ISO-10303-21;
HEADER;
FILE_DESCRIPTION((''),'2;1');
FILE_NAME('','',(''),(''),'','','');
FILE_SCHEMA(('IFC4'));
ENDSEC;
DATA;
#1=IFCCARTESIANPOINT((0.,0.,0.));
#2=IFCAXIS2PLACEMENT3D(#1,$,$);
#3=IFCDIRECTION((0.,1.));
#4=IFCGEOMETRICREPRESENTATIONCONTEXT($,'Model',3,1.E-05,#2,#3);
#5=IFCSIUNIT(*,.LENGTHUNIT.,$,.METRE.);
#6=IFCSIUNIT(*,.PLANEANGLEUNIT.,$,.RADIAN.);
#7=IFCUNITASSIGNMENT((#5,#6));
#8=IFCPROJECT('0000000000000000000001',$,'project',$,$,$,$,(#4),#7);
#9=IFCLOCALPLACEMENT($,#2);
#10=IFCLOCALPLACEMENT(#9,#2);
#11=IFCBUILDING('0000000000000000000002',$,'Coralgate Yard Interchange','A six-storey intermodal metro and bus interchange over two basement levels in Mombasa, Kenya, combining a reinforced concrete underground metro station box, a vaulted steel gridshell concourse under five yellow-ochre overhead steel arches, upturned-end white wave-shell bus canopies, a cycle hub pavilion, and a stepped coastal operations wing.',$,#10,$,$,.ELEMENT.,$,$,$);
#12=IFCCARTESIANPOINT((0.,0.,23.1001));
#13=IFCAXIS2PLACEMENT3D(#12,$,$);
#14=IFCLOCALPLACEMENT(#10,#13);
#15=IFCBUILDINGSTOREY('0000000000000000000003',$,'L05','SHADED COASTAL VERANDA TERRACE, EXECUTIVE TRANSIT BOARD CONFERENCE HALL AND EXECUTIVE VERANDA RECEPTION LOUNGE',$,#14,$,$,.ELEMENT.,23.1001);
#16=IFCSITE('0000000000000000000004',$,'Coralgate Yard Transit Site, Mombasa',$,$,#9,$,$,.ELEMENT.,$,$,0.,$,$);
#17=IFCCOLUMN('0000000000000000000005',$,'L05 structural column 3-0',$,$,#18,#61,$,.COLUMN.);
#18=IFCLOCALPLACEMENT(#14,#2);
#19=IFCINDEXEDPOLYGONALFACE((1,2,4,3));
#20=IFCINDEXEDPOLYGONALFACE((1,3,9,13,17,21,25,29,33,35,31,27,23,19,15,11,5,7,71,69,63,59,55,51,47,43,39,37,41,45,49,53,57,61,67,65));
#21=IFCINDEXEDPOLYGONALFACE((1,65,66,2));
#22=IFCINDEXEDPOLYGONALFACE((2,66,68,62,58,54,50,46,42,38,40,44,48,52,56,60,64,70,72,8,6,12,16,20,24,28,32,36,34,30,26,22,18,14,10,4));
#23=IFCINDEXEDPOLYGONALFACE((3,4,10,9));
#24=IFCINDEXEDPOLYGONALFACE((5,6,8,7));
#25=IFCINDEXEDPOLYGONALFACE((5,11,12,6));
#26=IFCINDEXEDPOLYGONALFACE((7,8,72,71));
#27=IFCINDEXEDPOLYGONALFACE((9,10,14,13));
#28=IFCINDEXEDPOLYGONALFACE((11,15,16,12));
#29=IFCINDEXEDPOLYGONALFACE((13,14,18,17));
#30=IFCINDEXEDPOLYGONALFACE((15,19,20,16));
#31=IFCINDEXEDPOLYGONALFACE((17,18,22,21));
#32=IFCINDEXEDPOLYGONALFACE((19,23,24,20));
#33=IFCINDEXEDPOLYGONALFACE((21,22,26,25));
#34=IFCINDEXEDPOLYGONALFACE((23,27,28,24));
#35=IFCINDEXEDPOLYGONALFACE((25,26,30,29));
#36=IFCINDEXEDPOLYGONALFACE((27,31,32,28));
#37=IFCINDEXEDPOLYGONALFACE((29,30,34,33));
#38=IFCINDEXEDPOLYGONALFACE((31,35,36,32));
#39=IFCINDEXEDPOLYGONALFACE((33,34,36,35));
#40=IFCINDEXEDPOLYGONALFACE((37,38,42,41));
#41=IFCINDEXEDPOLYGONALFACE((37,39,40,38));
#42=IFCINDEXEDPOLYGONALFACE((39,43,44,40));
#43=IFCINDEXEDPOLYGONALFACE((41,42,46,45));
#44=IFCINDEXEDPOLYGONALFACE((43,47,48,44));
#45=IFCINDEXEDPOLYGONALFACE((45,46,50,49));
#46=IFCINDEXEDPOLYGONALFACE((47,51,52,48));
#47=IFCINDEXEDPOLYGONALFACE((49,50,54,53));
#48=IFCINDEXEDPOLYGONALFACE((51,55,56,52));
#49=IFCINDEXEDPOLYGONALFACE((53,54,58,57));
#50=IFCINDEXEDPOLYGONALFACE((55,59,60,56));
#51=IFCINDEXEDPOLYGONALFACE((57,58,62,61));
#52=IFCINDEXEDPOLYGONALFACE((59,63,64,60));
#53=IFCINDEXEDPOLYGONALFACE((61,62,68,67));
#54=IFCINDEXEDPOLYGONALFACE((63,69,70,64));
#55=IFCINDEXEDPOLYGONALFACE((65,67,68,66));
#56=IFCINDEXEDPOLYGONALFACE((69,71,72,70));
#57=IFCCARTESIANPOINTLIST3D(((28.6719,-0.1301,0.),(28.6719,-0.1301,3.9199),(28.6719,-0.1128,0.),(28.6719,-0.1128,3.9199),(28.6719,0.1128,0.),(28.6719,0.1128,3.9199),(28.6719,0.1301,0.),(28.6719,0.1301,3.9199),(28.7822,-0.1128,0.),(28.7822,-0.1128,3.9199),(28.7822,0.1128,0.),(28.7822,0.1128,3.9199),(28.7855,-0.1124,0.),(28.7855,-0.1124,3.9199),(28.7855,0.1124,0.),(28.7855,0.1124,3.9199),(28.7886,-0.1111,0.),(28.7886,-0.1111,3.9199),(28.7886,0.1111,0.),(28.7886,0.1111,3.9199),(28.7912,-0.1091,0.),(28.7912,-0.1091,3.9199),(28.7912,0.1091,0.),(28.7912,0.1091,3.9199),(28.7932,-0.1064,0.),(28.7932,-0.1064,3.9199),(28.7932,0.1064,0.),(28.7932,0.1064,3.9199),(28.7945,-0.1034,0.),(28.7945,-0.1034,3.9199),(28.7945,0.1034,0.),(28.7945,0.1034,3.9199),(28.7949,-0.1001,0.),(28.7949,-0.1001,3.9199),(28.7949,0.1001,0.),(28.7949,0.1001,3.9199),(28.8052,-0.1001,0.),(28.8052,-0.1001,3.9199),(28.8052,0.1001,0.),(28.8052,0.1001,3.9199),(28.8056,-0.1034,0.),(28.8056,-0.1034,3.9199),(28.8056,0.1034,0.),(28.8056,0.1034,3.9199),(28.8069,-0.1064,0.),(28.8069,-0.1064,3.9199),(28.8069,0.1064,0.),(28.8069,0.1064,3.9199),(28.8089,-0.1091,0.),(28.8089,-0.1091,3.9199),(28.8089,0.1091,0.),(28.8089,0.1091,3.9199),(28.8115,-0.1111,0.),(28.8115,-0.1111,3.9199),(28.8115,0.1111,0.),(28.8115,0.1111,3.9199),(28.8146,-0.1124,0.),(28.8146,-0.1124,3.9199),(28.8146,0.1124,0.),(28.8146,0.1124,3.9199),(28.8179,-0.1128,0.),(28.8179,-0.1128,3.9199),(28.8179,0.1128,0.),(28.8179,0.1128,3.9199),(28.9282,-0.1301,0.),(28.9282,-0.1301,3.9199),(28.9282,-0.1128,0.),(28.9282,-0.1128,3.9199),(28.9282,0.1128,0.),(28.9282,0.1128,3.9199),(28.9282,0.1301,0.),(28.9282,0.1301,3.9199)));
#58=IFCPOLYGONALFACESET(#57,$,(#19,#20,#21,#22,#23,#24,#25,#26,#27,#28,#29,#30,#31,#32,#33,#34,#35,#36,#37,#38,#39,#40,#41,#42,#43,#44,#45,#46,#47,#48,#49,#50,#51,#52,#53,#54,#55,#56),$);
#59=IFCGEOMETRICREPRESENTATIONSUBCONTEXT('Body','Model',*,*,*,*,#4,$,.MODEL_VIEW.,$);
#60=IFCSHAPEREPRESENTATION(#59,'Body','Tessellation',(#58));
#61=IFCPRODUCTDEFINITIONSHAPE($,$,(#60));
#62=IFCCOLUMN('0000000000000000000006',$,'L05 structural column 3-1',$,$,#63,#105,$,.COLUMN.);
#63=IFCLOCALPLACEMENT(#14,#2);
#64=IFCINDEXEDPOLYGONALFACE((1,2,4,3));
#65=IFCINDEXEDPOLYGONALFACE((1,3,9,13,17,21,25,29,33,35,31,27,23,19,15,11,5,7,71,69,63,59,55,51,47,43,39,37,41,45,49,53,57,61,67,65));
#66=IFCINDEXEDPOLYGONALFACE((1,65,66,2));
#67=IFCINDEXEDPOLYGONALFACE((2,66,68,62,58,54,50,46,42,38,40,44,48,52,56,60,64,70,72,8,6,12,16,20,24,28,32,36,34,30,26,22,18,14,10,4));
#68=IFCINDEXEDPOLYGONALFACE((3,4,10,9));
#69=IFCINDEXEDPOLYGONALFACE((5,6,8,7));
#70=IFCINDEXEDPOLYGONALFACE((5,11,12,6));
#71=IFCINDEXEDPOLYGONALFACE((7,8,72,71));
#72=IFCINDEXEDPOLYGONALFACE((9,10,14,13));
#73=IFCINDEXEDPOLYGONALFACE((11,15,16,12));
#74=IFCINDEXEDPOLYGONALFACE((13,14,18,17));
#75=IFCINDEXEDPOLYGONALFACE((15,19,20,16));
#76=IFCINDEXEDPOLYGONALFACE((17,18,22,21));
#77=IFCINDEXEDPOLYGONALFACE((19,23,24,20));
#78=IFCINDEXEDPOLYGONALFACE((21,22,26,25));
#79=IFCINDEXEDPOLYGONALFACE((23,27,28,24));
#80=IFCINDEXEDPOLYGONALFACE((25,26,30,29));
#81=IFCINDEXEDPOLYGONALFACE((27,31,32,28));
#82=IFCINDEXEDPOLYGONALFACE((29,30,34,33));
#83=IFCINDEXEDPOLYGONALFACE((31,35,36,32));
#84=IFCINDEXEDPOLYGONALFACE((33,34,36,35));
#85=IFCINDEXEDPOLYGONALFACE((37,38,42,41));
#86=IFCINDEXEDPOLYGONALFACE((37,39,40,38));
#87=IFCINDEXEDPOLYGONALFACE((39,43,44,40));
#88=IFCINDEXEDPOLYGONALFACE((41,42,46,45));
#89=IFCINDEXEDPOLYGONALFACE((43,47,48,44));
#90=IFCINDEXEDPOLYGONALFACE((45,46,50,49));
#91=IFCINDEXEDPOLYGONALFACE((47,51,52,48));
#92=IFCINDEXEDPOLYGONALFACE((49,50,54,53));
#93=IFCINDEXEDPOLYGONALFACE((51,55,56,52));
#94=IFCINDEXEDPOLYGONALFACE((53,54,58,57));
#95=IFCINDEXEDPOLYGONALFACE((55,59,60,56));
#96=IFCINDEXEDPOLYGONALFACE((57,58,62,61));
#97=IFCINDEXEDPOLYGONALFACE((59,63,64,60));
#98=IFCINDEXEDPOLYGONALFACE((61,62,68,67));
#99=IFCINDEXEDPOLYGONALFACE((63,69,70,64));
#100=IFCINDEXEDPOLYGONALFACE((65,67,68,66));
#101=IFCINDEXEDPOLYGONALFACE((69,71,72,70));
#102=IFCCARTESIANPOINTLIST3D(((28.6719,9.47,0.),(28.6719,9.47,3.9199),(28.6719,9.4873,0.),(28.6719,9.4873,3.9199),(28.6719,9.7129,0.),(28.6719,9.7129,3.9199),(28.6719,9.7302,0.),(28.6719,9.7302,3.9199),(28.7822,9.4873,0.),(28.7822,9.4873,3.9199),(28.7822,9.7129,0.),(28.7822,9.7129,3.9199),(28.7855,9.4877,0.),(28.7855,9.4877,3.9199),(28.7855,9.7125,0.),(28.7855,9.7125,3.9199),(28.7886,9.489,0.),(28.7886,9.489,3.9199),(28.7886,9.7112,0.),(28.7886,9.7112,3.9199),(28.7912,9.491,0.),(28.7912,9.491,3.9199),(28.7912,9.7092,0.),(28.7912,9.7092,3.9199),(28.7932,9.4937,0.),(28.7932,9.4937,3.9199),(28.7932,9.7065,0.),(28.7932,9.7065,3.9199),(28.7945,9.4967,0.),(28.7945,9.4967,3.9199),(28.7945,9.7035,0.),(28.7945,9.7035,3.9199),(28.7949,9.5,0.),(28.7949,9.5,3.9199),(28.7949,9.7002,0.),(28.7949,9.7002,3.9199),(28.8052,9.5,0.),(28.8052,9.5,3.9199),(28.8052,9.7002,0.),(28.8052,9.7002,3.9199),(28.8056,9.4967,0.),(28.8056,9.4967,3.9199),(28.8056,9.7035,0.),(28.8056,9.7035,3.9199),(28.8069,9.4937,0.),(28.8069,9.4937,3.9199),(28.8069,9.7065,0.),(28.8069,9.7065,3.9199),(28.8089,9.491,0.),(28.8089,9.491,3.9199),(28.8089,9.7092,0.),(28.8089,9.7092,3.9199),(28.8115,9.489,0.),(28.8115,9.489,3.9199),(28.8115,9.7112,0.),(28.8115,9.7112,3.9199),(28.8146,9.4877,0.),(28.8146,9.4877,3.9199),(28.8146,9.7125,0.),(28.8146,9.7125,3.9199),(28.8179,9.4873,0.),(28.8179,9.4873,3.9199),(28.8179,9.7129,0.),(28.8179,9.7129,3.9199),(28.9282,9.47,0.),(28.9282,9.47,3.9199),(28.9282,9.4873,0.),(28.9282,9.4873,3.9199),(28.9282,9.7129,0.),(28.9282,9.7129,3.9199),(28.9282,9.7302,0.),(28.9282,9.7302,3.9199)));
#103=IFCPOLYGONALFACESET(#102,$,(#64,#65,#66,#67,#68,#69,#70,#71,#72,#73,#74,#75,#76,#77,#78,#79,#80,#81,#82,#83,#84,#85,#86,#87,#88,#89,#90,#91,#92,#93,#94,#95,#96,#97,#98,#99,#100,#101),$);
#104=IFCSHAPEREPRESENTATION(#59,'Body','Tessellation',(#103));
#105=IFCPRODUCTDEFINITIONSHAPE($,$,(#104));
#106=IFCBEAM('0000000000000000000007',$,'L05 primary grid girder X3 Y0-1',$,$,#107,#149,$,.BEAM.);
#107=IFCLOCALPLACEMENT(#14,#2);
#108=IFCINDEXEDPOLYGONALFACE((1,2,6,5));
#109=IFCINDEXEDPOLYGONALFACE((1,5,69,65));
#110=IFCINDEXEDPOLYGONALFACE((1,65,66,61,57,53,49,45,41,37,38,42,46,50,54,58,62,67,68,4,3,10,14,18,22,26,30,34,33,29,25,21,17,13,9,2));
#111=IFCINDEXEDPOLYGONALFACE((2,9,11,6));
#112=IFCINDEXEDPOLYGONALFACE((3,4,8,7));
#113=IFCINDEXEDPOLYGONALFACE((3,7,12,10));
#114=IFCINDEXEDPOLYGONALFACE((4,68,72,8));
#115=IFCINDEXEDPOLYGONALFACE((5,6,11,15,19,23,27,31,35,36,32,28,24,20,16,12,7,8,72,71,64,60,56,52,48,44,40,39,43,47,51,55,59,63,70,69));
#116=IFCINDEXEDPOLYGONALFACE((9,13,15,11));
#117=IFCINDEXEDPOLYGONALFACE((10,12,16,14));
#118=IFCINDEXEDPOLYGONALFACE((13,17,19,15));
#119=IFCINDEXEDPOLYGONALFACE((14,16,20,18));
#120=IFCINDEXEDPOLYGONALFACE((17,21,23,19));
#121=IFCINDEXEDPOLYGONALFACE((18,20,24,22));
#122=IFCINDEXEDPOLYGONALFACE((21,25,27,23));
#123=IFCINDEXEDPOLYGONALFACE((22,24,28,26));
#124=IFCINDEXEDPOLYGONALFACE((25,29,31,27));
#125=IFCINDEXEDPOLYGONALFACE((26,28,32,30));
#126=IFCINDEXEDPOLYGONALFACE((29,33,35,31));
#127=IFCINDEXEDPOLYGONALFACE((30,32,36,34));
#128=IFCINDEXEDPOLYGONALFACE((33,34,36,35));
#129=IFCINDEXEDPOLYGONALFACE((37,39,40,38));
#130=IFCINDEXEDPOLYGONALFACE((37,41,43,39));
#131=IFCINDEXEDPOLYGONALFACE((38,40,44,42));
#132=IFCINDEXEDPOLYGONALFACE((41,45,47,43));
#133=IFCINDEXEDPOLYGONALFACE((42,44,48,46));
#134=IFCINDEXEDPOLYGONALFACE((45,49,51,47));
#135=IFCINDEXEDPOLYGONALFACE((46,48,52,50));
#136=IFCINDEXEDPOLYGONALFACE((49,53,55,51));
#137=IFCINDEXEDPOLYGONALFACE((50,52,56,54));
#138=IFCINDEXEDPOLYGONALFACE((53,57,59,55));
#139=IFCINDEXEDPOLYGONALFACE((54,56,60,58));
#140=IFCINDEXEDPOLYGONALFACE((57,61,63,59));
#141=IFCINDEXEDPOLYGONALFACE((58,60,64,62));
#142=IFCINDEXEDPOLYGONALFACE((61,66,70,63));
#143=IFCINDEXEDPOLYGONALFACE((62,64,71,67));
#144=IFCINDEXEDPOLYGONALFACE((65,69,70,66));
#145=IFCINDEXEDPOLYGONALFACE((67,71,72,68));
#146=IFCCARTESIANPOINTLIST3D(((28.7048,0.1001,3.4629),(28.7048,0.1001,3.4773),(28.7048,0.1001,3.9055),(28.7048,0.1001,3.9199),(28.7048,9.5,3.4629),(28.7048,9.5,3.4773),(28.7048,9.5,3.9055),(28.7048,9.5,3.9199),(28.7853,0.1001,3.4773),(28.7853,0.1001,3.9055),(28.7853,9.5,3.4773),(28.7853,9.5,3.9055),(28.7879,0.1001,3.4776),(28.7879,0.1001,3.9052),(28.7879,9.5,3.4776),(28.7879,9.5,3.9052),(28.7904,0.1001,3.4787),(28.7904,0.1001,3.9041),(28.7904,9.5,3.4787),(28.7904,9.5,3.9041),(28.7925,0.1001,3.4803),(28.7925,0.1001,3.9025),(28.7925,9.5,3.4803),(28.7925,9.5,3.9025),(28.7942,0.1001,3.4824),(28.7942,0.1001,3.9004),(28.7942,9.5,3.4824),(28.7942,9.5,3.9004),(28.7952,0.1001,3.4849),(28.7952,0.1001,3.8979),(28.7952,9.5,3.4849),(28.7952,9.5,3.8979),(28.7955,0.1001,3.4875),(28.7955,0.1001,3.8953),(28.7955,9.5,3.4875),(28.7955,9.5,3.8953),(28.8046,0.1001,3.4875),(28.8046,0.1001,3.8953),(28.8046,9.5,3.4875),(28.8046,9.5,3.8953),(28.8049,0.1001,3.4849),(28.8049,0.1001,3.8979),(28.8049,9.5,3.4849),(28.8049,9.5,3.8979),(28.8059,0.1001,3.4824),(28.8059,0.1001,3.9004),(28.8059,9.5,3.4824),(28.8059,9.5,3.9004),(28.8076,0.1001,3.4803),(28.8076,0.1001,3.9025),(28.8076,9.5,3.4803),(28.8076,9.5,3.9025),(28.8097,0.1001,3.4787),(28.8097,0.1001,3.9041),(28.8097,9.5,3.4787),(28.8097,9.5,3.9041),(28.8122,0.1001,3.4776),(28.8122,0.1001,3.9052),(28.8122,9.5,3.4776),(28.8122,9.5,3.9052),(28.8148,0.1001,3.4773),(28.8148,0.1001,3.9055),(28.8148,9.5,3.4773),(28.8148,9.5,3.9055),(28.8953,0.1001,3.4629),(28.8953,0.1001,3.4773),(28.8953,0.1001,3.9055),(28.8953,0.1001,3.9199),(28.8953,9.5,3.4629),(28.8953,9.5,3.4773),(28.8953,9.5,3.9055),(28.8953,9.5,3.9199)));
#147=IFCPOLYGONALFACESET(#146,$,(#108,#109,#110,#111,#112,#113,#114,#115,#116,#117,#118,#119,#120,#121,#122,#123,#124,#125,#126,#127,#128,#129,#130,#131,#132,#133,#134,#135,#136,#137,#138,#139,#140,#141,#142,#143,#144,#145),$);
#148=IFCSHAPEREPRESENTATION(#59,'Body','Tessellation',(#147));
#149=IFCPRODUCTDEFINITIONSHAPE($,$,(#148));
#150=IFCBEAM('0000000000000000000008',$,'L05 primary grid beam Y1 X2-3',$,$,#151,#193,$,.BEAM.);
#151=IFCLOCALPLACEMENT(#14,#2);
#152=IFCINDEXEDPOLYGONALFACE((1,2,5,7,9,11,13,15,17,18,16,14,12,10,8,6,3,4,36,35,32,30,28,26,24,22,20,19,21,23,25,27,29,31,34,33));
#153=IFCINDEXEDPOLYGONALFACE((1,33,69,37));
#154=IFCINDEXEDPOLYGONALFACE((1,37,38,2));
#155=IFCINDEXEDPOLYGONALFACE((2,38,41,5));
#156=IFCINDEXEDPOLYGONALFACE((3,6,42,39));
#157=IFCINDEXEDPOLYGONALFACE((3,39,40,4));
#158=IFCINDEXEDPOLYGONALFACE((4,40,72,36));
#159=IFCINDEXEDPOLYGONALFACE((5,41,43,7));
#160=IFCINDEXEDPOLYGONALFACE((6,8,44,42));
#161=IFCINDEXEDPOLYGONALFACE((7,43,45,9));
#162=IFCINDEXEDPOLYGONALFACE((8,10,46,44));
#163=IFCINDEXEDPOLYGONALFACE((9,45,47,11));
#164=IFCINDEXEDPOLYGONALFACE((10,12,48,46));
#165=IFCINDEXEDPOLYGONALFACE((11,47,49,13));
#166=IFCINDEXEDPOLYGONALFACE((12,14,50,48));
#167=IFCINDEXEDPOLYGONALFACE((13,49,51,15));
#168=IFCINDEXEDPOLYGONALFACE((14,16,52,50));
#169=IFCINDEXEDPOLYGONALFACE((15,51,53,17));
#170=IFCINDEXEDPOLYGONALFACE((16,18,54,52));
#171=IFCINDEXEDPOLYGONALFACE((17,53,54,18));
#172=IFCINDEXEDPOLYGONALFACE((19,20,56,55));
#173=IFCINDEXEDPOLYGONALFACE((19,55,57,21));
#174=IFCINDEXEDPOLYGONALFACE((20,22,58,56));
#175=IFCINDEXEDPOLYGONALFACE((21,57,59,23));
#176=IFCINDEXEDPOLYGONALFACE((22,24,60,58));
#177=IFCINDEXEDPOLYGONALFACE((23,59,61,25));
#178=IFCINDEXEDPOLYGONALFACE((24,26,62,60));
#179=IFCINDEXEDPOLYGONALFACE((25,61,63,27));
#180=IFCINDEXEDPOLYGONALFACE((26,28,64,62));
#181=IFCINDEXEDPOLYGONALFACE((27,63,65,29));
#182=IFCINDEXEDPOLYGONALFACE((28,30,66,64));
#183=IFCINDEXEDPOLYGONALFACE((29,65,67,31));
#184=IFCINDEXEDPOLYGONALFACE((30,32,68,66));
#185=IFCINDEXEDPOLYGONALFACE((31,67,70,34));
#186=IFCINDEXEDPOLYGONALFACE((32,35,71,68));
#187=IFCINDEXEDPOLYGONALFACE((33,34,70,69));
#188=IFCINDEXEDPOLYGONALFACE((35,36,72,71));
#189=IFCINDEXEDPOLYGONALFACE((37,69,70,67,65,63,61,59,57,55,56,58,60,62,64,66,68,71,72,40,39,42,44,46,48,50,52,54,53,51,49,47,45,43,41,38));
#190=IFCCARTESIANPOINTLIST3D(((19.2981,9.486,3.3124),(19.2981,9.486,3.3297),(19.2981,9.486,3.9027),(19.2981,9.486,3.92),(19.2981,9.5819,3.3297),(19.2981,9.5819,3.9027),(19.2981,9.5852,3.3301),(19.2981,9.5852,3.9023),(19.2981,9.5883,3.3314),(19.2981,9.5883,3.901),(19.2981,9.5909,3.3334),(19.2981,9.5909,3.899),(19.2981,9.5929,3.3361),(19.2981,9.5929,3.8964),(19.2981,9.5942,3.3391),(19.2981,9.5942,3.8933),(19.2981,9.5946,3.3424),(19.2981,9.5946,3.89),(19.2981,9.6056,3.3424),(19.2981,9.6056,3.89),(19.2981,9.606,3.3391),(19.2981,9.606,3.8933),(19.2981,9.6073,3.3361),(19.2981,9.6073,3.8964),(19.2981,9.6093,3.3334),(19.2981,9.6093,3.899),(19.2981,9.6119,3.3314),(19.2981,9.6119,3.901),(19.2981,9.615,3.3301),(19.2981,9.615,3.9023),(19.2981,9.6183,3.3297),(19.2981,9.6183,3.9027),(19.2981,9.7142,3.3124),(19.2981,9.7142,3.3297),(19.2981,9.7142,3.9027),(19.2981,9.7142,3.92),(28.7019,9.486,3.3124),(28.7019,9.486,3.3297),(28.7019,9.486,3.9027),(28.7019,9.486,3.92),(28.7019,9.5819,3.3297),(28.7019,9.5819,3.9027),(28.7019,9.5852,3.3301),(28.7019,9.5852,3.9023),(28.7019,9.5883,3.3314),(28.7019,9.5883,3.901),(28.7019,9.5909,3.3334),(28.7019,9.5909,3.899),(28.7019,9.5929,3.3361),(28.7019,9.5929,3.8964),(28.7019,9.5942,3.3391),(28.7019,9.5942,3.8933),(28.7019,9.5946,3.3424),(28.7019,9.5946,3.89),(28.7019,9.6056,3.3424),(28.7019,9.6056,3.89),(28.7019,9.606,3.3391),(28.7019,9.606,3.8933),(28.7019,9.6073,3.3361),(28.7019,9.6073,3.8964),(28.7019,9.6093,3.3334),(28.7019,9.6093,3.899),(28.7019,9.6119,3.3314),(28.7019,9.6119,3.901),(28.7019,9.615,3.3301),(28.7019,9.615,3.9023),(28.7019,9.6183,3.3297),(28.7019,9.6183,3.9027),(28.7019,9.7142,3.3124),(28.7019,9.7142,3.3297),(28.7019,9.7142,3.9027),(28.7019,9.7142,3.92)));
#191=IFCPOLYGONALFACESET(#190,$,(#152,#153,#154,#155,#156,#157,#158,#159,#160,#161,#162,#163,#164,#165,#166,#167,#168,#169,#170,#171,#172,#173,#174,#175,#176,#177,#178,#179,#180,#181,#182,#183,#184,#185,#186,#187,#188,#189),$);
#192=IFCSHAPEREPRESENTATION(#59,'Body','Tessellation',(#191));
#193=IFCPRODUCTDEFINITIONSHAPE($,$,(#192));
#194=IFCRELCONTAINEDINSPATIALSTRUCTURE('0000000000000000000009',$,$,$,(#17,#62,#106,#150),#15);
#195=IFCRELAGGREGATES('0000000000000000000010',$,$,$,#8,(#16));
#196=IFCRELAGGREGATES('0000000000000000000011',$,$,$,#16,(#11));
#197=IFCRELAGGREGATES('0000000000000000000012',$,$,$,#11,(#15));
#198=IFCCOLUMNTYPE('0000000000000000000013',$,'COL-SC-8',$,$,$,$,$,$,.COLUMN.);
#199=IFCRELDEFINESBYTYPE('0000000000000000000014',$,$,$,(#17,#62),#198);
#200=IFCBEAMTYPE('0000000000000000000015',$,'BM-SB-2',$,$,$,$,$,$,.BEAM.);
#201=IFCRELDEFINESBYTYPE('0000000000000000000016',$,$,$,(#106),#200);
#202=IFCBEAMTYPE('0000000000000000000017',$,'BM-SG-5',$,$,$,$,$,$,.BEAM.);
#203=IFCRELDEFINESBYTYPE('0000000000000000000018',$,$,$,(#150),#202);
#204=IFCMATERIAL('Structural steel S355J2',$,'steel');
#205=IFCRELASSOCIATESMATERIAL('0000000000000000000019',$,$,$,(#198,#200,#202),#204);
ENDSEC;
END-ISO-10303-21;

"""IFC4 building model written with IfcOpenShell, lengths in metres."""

from ifc_helpers import new_model, si_unit, direction, frame, origin, origin_2d, place, context, subcontext, project, spatial, i_section, extrude, material, material_profile, profile_set, type_object, element, save


model = new_model("IFC4")

# Units and contexts
model_context = context("Model", 3, precision=1e-05, world=origin(), true_north=direction((0.0, 1.0)))
body_context = subcontext(model_context, "Body", "Model", "MODEL_VIEW")
ifc_project = project(units=[si_unit("LENGTHUNIT", "METRE"), si_unit("PLANEANGLEUNIT", "RADIAN")], contexts=[model_context])

# Site, building, storey
site_placement = place(None, origin())
site = spatial("IfcSite", under=ifc_project, at=site_placement, Name="Coralgate Yard Transit Site, Mombasa", CompositionType="ELEMENT", RefElevation=0.0)
building_placement = place(site_placement, origin())
building = spatial("IfcBuilding", under=site, at=building_placement, Name="Coralgate Yard Interchange", Description="A six-storey intermodal metro and bus interchange over two basement levels in Mombasa, Kenya, combining a reinforced concrete underground metro station box, a vaulted steel gridshell concourse under five yellow-ochre overhead steel arches, upturned-end white wave-shell bus canopies, a cycle hub pavilion, and a stepped coastal operations wing.", CompositionType="ELEMENT")
storey_placement = place(building_placement, frame((0.0, 0.0, 23.1001)))
storey = spatial("IfcBuildingStorey", under=building, at=storey_placement, Name="L05", Description="SHADED COASTAL VERANDA TERRACE, EXECUTIVE TRANSIT BOARD CONFERENCE HALL AND EXECUTIVE VERANDA RECEPTION LOUNGE", CompositionType="ELEMENT", Elevation=23.1001)

# Columns
ifc_material_1 = material(Name="Structural steel S355J2", Category="steel")
ifc_material_profile_1 = material_profile(ifc_material_1, i_section(OverallWidth=0.2563, OverallDepth=0.2603, WebThickness=0.0103, FlangeThickness=0.0173, FilletRadius=0.0127, at=origin_2d()), Name="UC 254x254x89")
ifc_profile_set_1 = profile_set([ifc_material_profile_1], Name="Structural steel S355J2")
column_type = type_object("IfcColumnType", Name="COL-SC-8", PredefinedType="COLUMN", material=ifc_profile_set_1)
for number, where, z_axis, x_axis, name in (
    (1, (28.8, 0.0, 0.0), (0.0, 0.0, 1.0), (1.0, 0.0, 0.0), "L05 structural column 3-0"),
    (2, (28.8, 9.6001, 0.0), (0.0, 0.0, 1.0), (1.0, 0.0, 0.0), "L05 structural column 3-1"),
):
    element("IfcColumn", number, at=place(storey_placement, frame(where, z_axis=z_axis, x_axis=x_axis)), inside=storey, type_object=column_type, Name=name, PredefinedType="COLUMN", context=body_context, shape_type="SweptSolid", body=[
        extrude(i_section(OverallWidth=0.2563, OverallDepth=0.2603, WebThickness=0.0103, FlangeThickness=0.0173, FilletRadius=0.0127, at=origin_2d()), origin(), (0.0, 0.0, 1.0), 3.9199),
    ])

# Beams
ifc_material_profile_2 = material_profile(ifc_material_1, i_section(OverallWidth=0.1904, OverallDepth=0.457, WebThickness=0.009, FlangeThickness=0.0144, FilletRadius=0.0103, at=origin_2d()), Name="UB 457x191x74")
ifc_profile_set_2 = profile_set([ifc_material_profile_2], Name="Structural steel S355J2")
beam_type_1 = type_object("IfcBeamType", Name="BM-SB-2", PredefinedType="BEAM", material=ifc_profile_set_2)
beam_placement = place(storey_placement, frame((28.8, 0.1001, 3.6914), z_axis=(0.0, 1.0, 0.0), x_axis=(-1.0, 0.0, 0.0)))
element("IfcBeam", 3, at=beam_placement, inside=storey, type_object=beam_type_1, Name="L05 primary grid girder X3 Y0-1", PredefinedType="BEAM", context=body_context, shape_type="SweptSolid", body=[
    extrude(i_section(OverallWidth=0.1904, OverallDepth=0.457, WebThickness=0.009, FlangeThickness=0.0144, FilletRadius=0.0103, at=origin_2d()), origin(), (0.0, 0.0, 1.0), 9.3999),
])
ifc_material_profile_3 = material_profile(ifc_material_1, i_section(OverallWidth=0.2283, OverallDepth=0.6077, WebThickness=0.011, FlangeThickness=0.0173, FilletRadius=0.0127, at=origin_2d()), Name="UB 610x229x113")
ifc_profile_set_3 = profile_set([ifc_material_profile_3], Name="Structural steel S355J2")
beam_type_2 = type_object("IfcBeamType", Name="BM-SG-5", PredefinedType="BEAM", material=ifc_profile_set_3)
for number, where, z_axis, x_axis, name in (
    (4, (19.2981, 9.6001, 3.6162), (1.0, 0.0, 0.0), (0.0, 1.0, 0.0), "L05 primary grid beam Y1 X2-3"),
):
    element("IfcBeam", number, at=place(storey_placement, frame(where, z_axis=z_axis, x_axis=x_axis)), inside=storey, type_object=beam_type_2, Name=name, PredefinedType="BEAM", context=body_context, shape_type="SweptSolid", body=[
        extrude(i_section(OverallWidth=0.2283, OverallDepth=0.6077, WebThickness=0.011, FlangeThickness=0.0173, FilletRadius=0.0127, at=origin_2d()), origin(), (0.0, 0.0, 1.0), 9.4038),
    ])

save(model, "model.ifc")
